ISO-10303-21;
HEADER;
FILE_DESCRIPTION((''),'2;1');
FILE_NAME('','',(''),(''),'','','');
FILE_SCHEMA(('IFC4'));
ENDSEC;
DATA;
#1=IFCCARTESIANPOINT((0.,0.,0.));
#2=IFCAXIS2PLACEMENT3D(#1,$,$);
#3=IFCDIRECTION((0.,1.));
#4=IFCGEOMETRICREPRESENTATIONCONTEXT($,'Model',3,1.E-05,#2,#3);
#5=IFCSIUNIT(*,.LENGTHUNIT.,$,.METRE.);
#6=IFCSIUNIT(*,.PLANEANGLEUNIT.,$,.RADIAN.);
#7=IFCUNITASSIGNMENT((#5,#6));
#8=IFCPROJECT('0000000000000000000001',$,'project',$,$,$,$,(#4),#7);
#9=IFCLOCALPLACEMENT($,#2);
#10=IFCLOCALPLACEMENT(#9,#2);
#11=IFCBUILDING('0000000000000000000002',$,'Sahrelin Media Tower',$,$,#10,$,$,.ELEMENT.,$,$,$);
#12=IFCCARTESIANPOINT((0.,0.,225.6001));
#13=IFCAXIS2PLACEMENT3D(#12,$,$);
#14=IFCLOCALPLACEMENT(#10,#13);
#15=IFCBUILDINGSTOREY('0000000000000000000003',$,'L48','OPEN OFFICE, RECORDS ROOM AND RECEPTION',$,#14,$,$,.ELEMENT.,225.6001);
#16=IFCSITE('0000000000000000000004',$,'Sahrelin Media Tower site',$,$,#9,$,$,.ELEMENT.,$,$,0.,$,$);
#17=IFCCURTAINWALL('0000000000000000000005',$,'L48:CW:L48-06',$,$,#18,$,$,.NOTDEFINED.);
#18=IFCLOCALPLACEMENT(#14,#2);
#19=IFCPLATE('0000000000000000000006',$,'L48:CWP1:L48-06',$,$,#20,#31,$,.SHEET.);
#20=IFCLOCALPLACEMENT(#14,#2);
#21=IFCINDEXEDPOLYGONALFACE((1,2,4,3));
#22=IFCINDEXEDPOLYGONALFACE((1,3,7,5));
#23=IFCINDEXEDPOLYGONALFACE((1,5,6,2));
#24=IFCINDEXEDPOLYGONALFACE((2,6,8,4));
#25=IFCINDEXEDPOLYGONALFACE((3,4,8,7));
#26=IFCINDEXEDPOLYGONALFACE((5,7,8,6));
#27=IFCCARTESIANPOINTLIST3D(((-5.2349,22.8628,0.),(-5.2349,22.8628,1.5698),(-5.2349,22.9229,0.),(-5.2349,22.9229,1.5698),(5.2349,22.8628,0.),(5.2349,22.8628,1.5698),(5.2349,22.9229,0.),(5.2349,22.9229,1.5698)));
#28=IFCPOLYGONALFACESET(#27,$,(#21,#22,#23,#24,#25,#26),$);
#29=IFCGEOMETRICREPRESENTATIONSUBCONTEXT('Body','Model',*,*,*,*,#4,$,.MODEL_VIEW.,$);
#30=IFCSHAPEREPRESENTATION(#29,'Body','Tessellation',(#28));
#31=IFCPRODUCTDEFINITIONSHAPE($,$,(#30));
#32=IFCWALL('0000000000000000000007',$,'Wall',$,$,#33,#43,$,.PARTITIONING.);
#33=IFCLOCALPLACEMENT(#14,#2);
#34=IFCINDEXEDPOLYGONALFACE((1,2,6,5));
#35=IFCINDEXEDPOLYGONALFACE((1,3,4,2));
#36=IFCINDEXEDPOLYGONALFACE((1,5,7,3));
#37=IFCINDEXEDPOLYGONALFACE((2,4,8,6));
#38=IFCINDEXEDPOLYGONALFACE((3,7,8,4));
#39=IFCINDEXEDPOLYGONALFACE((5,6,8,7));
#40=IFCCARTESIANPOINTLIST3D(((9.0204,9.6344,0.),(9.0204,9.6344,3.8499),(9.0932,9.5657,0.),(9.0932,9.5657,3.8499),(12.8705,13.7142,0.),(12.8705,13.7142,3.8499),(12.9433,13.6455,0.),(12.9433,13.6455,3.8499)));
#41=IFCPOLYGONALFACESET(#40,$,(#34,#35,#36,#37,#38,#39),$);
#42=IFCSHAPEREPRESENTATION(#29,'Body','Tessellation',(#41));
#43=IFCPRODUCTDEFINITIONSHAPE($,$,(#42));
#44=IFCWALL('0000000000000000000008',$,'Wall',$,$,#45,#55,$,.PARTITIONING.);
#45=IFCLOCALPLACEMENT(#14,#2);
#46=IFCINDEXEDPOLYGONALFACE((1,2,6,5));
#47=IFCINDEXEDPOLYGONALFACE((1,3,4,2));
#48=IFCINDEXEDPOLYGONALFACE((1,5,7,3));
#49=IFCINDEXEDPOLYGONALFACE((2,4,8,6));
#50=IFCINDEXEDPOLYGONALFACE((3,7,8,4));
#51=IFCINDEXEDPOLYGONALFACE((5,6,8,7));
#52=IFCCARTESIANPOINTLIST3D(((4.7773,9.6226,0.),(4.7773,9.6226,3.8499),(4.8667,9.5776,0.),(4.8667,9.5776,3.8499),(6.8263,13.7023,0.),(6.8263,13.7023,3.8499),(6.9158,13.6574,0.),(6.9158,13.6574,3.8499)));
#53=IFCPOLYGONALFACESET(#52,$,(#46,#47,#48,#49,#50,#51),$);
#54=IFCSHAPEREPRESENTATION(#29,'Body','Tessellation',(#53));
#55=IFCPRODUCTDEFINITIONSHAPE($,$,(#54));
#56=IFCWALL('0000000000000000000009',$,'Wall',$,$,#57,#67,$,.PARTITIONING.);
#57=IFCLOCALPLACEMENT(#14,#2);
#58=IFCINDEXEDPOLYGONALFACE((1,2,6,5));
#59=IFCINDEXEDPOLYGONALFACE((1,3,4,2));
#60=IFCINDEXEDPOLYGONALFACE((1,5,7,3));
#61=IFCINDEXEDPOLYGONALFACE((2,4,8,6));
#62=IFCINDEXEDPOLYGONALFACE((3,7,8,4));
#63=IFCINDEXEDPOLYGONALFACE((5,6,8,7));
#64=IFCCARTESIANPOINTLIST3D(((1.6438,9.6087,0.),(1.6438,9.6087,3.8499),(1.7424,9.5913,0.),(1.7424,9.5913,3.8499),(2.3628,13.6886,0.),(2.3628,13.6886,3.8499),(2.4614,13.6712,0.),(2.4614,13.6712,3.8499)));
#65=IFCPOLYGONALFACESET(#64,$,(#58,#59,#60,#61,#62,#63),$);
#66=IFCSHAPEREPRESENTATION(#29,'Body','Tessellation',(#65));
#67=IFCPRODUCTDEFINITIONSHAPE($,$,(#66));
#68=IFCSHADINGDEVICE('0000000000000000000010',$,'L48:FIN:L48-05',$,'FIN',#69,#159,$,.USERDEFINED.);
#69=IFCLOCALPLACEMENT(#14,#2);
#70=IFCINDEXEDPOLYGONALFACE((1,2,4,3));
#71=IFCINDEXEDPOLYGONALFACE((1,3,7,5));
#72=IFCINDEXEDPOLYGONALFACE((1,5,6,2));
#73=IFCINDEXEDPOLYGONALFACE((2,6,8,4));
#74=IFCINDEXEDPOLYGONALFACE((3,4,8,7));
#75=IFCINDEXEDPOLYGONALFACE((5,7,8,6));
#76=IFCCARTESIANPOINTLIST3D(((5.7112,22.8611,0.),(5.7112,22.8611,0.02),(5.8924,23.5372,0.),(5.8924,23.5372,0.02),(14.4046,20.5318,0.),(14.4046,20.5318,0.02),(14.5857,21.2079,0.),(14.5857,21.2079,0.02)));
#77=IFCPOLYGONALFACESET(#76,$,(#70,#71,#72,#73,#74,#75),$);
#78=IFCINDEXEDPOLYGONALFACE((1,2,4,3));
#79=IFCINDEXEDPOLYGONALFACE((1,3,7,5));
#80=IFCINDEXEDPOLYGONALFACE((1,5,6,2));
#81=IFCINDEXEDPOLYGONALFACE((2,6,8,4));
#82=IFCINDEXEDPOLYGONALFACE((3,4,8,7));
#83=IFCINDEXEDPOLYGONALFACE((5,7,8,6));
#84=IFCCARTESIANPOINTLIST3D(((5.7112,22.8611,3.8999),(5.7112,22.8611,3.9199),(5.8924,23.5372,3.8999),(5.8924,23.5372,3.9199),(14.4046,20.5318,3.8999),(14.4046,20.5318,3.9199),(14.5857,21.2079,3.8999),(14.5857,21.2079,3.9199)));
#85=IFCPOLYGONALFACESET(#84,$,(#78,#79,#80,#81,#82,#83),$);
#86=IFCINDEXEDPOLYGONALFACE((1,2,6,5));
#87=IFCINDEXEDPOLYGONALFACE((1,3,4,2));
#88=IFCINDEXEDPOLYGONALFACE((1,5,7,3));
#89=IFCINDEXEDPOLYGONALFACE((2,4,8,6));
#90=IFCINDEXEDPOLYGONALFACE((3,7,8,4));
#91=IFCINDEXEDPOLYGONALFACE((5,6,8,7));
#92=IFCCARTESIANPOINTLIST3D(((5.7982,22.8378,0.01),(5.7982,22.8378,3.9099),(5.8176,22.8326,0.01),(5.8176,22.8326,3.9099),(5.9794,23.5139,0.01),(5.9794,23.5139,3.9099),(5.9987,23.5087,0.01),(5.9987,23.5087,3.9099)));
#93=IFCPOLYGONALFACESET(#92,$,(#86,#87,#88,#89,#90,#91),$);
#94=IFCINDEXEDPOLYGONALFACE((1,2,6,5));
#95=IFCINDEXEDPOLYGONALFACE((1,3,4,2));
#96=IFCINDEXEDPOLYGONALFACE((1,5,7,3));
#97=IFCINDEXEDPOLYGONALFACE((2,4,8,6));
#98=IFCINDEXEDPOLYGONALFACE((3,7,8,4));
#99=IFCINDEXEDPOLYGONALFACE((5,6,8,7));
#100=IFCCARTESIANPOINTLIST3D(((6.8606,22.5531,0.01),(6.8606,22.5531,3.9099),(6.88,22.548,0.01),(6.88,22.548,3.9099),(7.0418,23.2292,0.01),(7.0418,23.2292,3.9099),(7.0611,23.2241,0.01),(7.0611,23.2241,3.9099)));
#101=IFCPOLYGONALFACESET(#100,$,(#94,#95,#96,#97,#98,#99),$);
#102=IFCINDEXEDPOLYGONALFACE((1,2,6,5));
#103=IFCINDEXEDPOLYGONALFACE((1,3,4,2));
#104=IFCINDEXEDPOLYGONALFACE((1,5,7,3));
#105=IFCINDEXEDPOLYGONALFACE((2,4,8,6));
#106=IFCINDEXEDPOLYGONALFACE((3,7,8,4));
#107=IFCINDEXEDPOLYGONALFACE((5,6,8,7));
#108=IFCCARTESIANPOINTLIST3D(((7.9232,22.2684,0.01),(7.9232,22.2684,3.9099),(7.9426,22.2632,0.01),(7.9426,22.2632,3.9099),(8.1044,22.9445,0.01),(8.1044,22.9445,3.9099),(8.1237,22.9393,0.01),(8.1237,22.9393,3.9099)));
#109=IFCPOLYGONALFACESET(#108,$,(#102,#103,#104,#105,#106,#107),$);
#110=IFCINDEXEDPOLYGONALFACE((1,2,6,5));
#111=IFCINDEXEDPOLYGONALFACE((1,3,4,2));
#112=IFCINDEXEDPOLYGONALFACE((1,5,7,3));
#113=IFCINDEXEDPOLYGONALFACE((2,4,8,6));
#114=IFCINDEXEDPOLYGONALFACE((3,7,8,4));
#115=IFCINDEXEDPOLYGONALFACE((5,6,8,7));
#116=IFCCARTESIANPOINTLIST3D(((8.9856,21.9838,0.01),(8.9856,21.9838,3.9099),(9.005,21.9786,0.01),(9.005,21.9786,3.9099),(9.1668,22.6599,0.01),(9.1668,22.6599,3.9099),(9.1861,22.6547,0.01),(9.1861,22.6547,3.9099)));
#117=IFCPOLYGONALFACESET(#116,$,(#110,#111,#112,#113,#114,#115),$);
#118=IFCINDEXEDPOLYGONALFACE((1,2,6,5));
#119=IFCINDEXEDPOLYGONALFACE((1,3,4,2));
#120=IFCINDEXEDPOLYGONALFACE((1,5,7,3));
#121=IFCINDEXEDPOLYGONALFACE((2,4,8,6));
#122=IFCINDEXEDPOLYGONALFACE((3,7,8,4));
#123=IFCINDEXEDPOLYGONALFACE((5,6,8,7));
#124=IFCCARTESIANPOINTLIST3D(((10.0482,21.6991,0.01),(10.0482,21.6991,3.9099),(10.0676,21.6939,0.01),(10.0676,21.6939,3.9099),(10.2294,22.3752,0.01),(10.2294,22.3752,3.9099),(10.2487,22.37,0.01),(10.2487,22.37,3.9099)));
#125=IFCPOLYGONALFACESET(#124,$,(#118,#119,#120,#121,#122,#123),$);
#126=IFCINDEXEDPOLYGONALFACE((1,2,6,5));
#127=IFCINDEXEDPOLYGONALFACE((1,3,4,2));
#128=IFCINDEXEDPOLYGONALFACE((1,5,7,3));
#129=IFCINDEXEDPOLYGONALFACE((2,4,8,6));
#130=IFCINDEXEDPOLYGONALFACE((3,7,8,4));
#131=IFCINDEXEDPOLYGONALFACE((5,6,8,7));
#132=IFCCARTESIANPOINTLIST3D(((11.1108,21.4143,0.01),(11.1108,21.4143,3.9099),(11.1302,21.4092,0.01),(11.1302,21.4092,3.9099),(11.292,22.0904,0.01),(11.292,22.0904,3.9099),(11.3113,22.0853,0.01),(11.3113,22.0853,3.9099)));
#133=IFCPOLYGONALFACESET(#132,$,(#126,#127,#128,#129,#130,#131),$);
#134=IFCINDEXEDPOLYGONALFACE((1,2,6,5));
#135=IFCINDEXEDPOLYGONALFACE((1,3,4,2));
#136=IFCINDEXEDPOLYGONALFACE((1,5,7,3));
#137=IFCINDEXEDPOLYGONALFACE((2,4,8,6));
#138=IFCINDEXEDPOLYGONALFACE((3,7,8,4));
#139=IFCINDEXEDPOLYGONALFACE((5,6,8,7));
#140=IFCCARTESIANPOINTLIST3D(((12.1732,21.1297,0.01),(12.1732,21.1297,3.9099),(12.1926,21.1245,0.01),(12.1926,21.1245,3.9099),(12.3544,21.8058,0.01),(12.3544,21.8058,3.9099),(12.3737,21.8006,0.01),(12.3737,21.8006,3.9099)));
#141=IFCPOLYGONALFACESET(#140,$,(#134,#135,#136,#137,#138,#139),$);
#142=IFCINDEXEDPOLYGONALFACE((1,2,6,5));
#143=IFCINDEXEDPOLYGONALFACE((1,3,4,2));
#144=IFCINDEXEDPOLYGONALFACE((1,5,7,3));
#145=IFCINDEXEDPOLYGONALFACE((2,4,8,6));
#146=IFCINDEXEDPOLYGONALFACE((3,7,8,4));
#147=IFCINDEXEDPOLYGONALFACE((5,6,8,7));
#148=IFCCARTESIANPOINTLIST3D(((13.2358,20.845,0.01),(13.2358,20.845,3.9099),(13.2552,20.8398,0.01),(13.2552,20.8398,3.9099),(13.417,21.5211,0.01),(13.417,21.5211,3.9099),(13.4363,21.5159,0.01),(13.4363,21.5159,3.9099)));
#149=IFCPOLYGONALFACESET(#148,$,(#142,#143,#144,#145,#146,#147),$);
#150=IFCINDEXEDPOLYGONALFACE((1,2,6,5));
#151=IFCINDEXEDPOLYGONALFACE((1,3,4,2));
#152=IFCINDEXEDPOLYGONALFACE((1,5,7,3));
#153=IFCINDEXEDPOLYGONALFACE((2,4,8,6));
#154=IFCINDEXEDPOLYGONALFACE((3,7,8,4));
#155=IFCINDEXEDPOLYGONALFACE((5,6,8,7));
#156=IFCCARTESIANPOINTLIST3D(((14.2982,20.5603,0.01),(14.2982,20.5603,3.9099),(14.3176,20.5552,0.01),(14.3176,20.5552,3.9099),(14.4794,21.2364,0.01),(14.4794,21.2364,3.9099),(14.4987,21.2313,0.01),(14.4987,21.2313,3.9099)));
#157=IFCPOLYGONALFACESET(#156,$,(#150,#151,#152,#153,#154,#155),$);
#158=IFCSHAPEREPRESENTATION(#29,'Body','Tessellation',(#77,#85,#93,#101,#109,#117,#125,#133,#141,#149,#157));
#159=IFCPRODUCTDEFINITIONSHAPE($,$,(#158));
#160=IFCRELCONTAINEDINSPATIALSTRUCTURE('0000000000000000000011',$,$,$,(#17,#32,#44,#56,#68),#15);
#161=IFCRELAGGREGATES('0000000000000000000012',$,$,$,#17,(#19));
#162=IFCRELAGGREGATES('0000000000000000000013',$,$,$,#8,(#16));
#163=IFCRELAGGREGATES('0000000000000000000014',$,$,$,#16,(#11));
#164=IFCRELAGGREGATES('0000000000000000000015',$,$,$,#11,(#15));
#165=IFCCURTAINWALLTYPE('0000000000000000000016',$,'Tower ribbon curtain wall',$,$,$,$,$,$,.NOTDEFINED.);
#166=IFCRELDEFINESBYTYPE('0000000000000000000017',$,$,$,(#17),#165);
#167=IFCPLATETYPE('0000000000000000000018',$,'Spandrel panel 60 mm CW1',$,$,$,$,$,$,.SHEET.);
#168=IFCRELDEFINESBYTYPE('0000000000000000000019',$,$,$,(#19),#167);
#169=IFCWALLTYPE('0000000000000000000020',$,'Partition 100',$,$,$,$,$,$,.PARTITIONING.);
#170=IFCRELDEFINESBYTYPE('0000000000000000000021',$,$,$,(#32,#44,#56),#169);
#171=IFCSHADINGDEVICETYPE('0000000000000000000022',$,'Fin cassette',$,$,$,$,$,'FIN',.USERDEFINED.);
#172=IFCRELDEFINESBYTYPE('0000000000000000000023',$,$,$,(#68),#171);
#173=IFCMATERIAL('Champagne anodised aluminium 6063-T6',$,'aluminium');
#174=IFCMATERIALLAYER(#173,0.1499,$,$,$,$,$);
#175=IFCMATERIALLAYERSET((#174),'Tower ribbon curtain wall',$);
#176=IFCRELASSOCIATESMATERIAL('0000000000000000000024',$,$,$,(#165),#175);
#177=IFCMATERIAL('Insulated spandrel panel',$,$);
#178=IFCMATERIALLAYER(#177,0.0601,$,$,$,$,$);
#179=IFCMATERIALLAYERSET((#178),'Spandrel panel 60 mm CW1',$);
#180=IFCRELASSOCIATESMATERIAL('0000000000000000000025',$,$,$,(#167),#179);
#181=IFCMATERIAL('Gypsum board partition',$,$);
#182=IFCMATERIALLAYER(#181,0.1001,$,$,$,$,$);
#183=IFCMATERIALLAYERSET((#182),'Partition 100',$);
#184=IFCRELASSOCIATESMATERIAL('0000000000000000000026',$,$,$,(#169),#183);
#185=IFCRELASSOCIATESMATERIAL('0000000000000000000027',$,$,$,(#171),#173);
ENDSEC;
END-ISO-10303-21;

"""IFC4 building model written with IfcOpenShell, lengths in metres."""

from ifc_helpers import new_model, si_unit, direction, frame, frame_2d, origin, origin_2d, place, context, subcontext, project, spatial, polyline, rectangle, outline, extrude, material, layer, layer_set, type_object, element, aggregate, save


model = new_model("IFC4")

# Units and contexts
model_context = context("Model", 3, precision=1e-05, world=origin(), true_north=direction((0.0, 1.0)))
body_context = subcontext(model_context, "Body", "Model", "MODEL_VIEW")
ifc_project = project(units=[si_unit("LENGTHUNIT", "METRE"), si_unit("PLANEANGLEUNIT", "RADIAN")], contexts=[model_context])

# Site, building, storey
site_placement = place(None, origin())
site = spatial("IfcSite", under=ifc_project, at=site_placement, Name="Sahrelin Media Tower site", CompositionType="ELEMENT", RefElevation=0.0)
building_placement = place(site_placement, origin())
building = spatial("IfcBuilding", under=site, at=building_placement, Name="Sahrelin Media Tower", CompositionType="ELEMENT")
storey_placement = place(building_placement, frame((0.0, 0.0, 225.6001)))
storey = spatial("IfcBuildingStorey", under=building, at=storey_placement, Name="L48", Description="OPEN OFFICE, RECORDS ROOM AND RECEPTION", CompositionType="ELEMENT", Elevation=225.6001)

# Shared definitions
ifc_material_1 = material(Name="Champagne anodised aluminium 6063-T6", Category="aluminium")
ifc_layer_1 = layer(ifc_material_1, 0.1499)
ifc_layer_set_1 = layer_set([ifc_layer_1], Name="Tower ribbon curtain wall")
curtain_wall_type = type_object("IfcCurtainWallType", Name="Tower ribbon curtain wall", PredefinedType="NOTDEFINED", material=ifc_layer_set_1)

# Curtain wall, plate
curtain_wall_1_placement = place(storey_placement, frame((0.0, 22.9028, 0.0), z_axis=(0.0, 0.0, 1.0), x_axis=(1.0, 0.0, 0.0)))
curtain_wall_1 = element("IfcCurtainWall", 1, at=curtain_wall_1_placement, inside=storey, type_object=curtain_wall_type, Name="L48:CW:L48-06", PredefinedType="NOTDEFINED")
ifc_material_2 = material(Name="Insulated spandrel panel")
ifc_layer_2 = layer(ifc_material_2, 0.0601)
ifc_layer_set_2 = layer_set([ifc_layer_2], Name="Spandrel panel 60 mm CW1")
plate_type_1 = type_object("IfcPlateType", Name="Spandrel panel 60 mm CW1", PredefinedType="SHEET", material=ifc_layer_set_2)
plate_1_placement = place(storey_placement, frame((5.2349, 22.9229, 0.0), z_axis=(0.0, 1.0, 0.0), x_axis=(-1.0, 0.0, 0.0)))
plate_1 = element("IfcPlate", 2, at=plate_1_placement, type_object=plate_type_1, Name="L48:CWP1:L48-06", PredefinedType="SHEET", context=body_context, shape_type="SweptSolid", body=[
    extrude(outline(polyline([(0.0, 0.0), (10.4697, 0.0), (10.4697, 1.5698), (0.0, 1.5698), (0.0, 0.0)])), origin(), (0.0, 0.0, -1.0), 0.0601),
])
aggregate(curtain_wall_1, [plate_1])

# Walls
ifc_material_3 = material(Name="Gypsum board partition")
ifc_layer_3 = layer(ifc_material_3, 0.1001)
ifc_layer_set_3 = layer_set([ifc_layer_3], Name="Partition 100")
wall_type = type_object("IfcWallType", Name="Partition 100", PredefinedType="PARTITIONING", material=ifc_layer_set_3)
wall_1_placement = place(storey_placement, frame((9.0569, 9.6001, 0.0), z_axis=(0.0, 0.0, 1.0), x_axis=(0.686333, 0.727287, 0.0)))
element("IfcWall", 3, at=wall_1_placement, inside=storey, type_object=wall_type, Name="Wall", PredefinedType="PARTITIONING", context=body_context, shape_type="SweptSolid", body=[
    extrude(rectangle(XDim=5.6096, YDim=0.1001, at=frame_2d((2.8047, 0.0))), origin(), (0.0, 0.0, 1.0), 3.8499),
])
wall_2_placement = place(storey_placement, frame((4.822, 9.6001, 0.0), z_axis=(0.0, 0.0, 1.0), x_axis=(0.448817, 0.893624, 0.0)))
element("IfcWall", 4, at=wall_2_placement, inside=storey, type_object=wall_type, Name="Wall", PredefinedType="PARTITIONING", context=body_context, shape_type="SweptSolid", body=[
    extrude(rectangle(XDim=4.5654, YDim=0.1001, at=frame_2d((2.2827, 0.0))), origin(), (0.0, 0.0, 1.0), 3.8499),
])
wall_3_placement = place(storey_placement, frame((1.6931, 9.6001, 0.0), z_axis=(0.0, 0.0, 1.0), x_axis=(0.173557, 0.984824, 0.0)))
element("IfcWall", 5, at=wall_3_placement, inside=storey, type_object=wall_type, Name="Wall", PredefinedType="PARTITIONING", context=body_context, shape_type="SweptSolid", body=[
    extrude(rectangle(XDim=4.1428, YDim=0.1001, at=frame_2d((2.0713, 0.0))), origin(), (0.0, 0.0, 1.0), 3.8499),
])

# Shading device
shading_device_type_1 = type_object("IfcShadingDeviceType", Name="Fin cassette", ElementType="FIN", PredefinedType="USERDEFINED", material=ifc_material_1)
placement = place(storey_placement, frame((10.0398, 21.6289, 0.0), z_axis=(0.0, 0.0, 1.0), x_axis=(0.965929, -0.258808, 0.0)))
element("IfcShadingDevice", 6, at=placement, inside=storey, type_object=shading_device_type_1, Name="L48:FIN:L48-05", ObjectType="FIN", PredefinedType="USERDEFINED", context=body_context, shape_type="SweptSolid", body=[
    extrude(rectangle(XDim=9.0, YDim=0.7, at=origin_2d()), frame((0.0, 0.4199, 0.0)), (0.0, 0.0, 1.0), 0.02),
    extrude(rectangle(XDim=9.0, YDim=0.7, at=origin_2d()), frame((0.0, 0.4199, 3.8999)), (0.0, 0.0, 1.0), 0.02),
    extrude(rectangle(XDim=0.02, YDim=0.7, at=origin_2d()), frame((-4.3999, 0.4199, 0.01), z_axis=(0.0, 0.0, 1.0), x_axis=(1.0, 0.0, 0.0)), (0.0, 0.0, 1.0), 3.8999),
    extrude(rectangle(XDim=0.02, YDim=0.7, at=origin_2d()), frame((-3.3, 0.4199, 0.01), z_axis=(0.0, 0.0, 1.0), x_axis=(1.0, 0.0, 0.0)), (0.0, 0.0, 1.0), 3.8999),
    extrude(rectangle(XDim=0.02, YDim=0.7, at=origin_2d()), frame((-2.2, 0.4199, 0.01), z_axis=(0.0, 0.0, 1.0), x_axis=(1.0, 0.0, 0.0)), (0.0, 0.0, 1.0), 3.8999),
    extrude(rectangle(XDim=0.02, YDim=0.7, at=origin_2d()), frame((-1.1001, 0.4199, 0.01), z_axis=(0.0, 0.0, 1.0), x_axis=(1.0, 0.0, 0.0)), (0.0, 0.0, 1.0), 3.8999),
    extrude(rectangle(XDim=0.02, YDim=0.7, at=origin_2d()), frame((0.0, 0.4199, 0.01), z_axis=(0.0, 0.0, 1.0), x_axis=(1.0, 0.0, 0.0)), (0.0, 0.0, 1.0), 3.8999),
    extrude(rectangle(XDim=0.02, YDim=0.7, at=origin_2d()), frame((1.1001, 0.4199, 0.01), z_axis=(0.0, 0.0, 1.0), x_axis=(1.0, 0.0, 0.0)), (0.0, 0.0, 1.0), 3.8999),
    extrude(rectangle(XDim=0.02, YDim=0.7, at=origin_2d()), frame((2.2, 0.4199, 0.01), z_axis=(0.0, 0.0, 1.0), x_axis=(1.0, 0.0, 0.0)), (0.0, 0.0, 1.0), 3.8999),
    extrude(rectangle(XDim=0.02, YDim=0.7, at=origin_2d()), frame((3.3, 0.4199, 0.01), z_axis=(0.0, 0.0, 1.0), x_axis=(1.0, 0.0, 0.0)), (0.0, 0.0, 1.0), 3.8999),
    extrude(rectangle(XDim=0.02, YDim=0.7, at=origin_2d()), frame((4.3999, 0.4199, 0.01), z_axis=(0.0, 0.0, 1.0), x_axis=(1.0, 0.0, 0.0)), (0.0, 0.0, 1.0), 3.8999),
])

save(model, "model.ifc")
